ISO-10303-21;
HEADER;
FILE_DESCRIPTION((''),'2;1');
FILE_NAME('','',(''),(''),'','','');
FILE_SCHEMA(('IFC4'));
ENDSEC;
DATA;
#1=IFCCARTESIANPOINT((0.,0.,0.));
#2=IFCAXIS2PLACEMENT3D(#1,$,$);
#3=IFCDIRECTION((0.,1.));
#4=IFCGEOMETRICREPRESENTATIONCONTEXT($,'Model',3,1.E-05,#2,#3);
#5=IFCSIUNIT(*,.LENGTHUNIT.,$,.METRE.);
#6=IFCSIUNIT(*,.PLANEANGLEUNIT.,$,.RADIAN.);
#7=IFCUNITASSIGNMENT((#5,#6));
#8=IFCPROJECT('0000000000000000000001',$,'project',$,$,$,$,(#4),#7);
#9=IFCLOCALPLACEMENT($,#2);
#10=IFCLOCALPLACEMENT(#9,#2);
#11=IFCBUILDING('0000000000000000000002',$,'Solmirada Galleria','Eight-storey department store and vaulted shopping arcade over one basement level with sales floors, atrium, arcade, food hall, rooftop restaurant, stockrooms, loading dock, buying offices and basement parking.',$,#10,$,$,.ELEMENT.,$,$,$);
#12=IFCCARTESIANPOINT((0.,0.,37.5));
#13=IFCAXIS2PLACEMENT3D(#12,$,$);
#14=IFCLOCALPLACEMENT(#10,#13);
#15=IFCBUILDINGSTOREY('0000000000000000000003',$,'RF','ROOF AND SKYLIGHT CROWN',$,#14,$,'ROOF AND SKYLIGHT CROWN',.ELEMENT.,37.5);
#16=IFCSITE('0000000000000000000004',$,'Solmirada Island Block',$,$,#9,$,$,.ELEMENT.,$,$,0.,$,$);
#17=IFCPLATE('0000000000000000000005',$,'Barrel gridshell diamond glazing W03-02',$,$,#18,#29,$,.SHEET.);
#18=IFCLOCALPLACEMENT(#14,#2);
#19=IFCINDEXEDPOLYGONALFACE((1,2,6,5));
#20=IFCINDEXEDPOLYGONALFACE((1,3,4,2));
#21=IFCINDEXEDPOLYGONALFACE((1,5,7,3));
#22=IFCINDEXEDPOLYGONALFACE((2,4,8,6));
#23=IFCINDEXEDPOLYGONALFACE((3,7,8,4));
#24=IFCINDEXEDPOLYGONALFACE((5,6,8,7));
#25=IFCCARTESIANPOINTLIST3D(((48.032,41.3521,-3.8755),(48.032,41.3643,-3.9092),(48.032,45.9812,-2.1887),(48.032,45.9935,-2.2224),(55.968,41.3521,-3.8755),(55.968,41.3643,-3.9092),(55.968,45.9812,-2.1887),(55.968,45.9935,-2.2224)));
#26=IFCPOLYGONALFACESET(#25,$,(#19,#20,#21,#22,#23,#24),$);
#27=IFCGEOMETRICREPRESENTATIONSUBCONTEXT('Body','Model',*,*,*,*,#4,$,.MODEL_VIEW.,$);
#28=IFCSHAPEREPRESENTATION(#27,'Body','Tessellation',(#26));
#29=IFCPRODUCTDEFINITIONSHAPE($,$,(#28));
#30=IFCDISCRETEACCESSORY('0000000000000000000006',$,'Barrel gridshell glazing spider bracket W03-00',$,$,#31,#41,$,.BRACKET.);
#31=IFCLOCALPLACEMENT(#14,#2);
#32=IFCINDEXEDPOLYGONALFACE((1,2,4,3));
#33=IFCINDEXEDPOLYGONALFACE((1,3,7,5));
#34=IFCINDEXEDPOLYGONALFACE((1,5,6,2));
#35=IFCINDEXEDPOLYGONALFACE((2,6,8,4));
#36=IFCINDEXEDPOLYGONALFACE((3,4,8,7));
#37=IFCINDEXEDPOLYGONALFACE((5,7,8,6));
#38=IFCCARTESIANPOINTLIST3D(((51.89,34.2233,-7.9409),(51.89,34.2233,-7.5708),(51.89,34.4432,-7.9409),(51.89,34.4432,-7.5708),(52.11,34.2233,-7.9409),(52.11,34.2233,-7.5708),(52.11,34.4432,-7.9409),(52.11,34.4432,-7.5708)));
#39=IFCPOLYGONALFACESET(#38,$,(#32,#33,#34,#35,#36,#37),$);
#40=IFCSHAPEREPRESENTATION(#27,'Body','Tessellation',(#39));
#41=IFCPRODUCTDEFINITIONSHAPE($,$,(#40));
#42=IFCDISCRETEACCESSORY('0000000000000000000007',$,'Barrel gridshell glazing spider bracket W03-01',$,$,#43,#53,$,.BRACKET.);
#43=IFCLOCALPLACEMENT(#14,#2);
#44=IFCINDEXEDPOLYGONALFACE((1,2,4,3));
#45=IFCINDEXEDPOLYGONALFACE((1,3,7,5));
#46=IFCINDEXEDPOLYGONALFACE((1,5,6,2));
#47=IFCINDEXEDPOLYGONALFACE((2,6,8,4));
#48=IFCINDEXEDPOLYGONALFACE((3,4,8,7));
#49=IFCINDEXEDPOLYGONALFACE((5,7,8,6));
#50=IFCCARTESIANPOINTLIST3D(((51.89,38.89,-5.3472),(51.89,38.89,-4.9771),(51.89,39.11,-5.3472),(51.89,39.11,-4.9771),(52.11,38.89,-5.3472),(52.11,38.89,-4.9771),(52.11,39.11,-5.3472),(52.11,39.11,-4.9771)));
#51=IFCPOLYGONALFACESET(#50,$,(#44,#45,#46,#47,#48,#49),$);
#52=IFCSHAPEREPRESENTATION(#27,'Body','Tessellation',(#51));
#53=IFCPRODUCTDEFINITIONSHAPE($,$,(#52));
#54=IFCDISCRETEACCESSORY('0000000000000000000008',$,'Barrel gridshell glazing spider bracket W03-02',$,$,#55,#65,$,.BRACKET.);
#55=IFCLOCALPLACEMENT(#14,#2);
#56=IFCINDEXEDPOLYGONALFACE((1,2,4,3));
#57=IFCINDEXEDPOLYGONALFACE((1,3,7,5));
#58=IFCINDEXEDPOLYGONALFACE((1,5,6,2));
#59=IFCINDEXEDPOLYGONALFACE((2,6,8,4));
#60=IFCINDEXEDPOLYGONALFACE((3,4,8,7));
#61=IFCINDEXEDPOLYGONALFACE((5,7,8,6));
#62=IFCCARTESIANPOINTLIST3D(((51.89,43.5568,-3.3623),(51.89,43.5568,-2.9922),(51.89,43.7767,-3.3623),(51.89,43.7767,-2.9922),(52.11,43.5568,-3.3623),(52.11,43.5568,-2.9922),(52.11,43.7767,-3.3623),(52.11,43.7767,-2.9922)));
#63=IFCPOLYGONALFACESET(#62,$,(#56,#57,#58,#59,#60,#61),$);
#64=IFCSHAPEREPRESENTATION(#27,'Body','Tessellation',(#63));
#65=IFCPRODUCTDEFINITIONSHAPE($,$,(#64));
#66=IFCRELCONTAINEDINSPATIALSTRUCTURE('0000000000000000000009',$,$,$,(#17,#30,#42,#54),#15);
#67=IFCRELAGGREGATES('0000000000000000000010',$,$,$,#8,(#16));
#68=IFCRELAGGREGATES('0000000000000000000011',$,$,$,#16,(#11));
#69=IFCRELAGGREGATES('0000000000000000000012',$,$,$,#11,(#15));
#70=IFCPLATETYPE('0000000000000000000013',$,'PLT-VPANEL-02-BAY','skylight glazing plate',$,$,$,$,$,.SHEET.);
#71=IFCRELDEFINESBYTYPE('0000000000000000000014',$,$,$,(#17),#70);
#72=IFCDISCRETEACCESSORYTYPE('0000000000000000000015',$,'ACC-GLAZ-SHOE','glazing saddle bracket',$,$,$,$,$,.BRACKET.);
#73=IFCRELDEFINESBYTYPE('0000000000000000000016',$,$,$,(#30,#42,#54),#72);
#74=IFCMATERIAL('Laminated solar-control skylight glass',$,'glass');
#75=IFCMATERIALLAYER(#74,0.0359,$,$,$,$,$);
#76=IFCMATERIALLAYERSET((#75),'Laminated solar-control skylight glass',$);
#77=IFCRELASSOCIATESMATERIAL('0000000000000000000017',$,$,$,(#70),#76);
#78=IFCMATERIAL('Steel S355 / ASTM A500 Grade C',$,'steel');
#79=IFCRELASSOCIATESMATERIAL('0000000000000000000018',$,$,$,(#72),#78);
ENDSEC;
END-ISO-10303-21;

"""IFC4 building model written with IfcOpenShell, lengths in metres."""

from ifc_helpers import new_model, si_unit, direction, frame, origin, origin_2d, place, context, subcontext, project, spatial, polyline, rectangle, outline, extrude, material, layer, layer_set, type_object, element, save


model = new_model("IFC4")

# Units and contexts
model_context = context("Model", 3, precision=1e-05, world=origin(), true_north=direction((0.0, 1.0)))
body_context = subcontext(model_context, "Body", "Model", "MODEL_VIEW")
ifc_project = project(units=[si_unit("LENGTHUNIT", "METRE"), si_unit("PLANEANGLEUNIT", "RADIAN")], contexts=[model_context])

# Site, building, storey
site_placement = place(None, origin())
site = spatial("IfcSite", under=ifc_project, at=site_placement, Name="Solmirada Island Block", CompositionType="ELEMENT", RefElevation=0.0)
building_placement = place(site_placement, origin())
building = spatial("IfcBuilding", under=site, at=building_placement, Name="Solmirada Galleria", Description="Eight-storey department store and vaulted shopping arcade over one basement level with sales floors, atrium, arcade, food hall, rooftop restaurant, stockrooms, loading dock, buying offices and basement parking.", CompositionType="ELEMENT")
storey_placement = place(building_placement, frame((0.0, 0.0, 37.5)))
storey = spatial("IfcBuildingStorey", under=building, at=storey_placement, Name="RF", Description="ROOF AND SKYLIGHT CROWN", LongName="ROOF AND SKYLIGHT CROWN", CompositionType="ELEMENT", Elevation=37.5)

# Shared definitions
ifc_material_1 = material(Name="Steel S355 / ASTM A500 Grade C", Category="steel")

# Plate
ifc_material_2 = material(Name="Laminated solar-control skylight glass", Category="glass")
ifc_layer_1 = layer(ifc_material_2, 0.0359)
ifc_layer_set_1 = layer_set([ifc_layer_1], Name="Laminated solar-control skylight glass")
plate_type_1 = type_object("IfcPlateType", Name="PLT-VPANEL-02-BAY", Description="skylight glazing plate", PredefinedType="SHEET", material=ifc_layer_set_1)
plate_1_placement = place(storey_placement, frame((48.032, 41.3521, -3.8755), z_axis=(0.0, -0.34236, 0.939569), x_axis=(1.0, 0.0, 0.0)))
element("IfcPlate", 1, at=plate_1_placement, inside=storey, type_object=plate_type_1, Name="Barrel gridshell diamond glazing W03-02", PredefinedType="SHEET", context=body_context, shape_type="SweptSolid", body=[
    extrude(outline(polyline([(0.0, 0.0), (7.936, 0.0), (7.936, 4.9269), (0.0, 4.9269), (0.0, 0.0)])), origin(), (0.0, 0.0, -1.0), 0.0359),
])

# Discrete accessories
discrete_accessory_type = type_object("IfcDiscreteAccessoryType", Name="ACC-GLAZ-SHOE", Description="glazing saddle bracket", PredefinedType="BRACKET", material=ifc_material_1)
for number, where, z_axis, x_axis, name in (
    (2, (52.0, 34.3333, -7.9409), (0.0, 0.0, 1.0), (1.0, 0.0, 0.0), "Barrel gridshell glazing spider bracket W03-00"),
    (3, (52.0, 39.0, -5.3472), (0.0, 0.0, 1.0), (1.0, 0.0, 0.0), "Barrel gridshell glazing spider bracket W03-01"),
    (4, (52.0, 43.6667, -3.3623), (0.0, 0.0, 1.0), (1.0, 0.0, 0.0), "Barrel gridshell glazing spider bracket W03-02"),
):
    element("IfcDiscreteAccessory", number, at=place(storey_placement, frame(where, z_axis=z_axis, x_axis=x_axis)), inside=storey, type_object=discrete_accessory_type, Name=name, PredefinedType="BRACKET", context=body_context, shape_type="SweptSolid", body=[
        extrude(rectangle(XDim=0.22, YDim=0.22, at=origin_2d()), origin(), (0.0, 0.0, 1.0), 0.3701),
    ])

save(model, "model.ifc")
